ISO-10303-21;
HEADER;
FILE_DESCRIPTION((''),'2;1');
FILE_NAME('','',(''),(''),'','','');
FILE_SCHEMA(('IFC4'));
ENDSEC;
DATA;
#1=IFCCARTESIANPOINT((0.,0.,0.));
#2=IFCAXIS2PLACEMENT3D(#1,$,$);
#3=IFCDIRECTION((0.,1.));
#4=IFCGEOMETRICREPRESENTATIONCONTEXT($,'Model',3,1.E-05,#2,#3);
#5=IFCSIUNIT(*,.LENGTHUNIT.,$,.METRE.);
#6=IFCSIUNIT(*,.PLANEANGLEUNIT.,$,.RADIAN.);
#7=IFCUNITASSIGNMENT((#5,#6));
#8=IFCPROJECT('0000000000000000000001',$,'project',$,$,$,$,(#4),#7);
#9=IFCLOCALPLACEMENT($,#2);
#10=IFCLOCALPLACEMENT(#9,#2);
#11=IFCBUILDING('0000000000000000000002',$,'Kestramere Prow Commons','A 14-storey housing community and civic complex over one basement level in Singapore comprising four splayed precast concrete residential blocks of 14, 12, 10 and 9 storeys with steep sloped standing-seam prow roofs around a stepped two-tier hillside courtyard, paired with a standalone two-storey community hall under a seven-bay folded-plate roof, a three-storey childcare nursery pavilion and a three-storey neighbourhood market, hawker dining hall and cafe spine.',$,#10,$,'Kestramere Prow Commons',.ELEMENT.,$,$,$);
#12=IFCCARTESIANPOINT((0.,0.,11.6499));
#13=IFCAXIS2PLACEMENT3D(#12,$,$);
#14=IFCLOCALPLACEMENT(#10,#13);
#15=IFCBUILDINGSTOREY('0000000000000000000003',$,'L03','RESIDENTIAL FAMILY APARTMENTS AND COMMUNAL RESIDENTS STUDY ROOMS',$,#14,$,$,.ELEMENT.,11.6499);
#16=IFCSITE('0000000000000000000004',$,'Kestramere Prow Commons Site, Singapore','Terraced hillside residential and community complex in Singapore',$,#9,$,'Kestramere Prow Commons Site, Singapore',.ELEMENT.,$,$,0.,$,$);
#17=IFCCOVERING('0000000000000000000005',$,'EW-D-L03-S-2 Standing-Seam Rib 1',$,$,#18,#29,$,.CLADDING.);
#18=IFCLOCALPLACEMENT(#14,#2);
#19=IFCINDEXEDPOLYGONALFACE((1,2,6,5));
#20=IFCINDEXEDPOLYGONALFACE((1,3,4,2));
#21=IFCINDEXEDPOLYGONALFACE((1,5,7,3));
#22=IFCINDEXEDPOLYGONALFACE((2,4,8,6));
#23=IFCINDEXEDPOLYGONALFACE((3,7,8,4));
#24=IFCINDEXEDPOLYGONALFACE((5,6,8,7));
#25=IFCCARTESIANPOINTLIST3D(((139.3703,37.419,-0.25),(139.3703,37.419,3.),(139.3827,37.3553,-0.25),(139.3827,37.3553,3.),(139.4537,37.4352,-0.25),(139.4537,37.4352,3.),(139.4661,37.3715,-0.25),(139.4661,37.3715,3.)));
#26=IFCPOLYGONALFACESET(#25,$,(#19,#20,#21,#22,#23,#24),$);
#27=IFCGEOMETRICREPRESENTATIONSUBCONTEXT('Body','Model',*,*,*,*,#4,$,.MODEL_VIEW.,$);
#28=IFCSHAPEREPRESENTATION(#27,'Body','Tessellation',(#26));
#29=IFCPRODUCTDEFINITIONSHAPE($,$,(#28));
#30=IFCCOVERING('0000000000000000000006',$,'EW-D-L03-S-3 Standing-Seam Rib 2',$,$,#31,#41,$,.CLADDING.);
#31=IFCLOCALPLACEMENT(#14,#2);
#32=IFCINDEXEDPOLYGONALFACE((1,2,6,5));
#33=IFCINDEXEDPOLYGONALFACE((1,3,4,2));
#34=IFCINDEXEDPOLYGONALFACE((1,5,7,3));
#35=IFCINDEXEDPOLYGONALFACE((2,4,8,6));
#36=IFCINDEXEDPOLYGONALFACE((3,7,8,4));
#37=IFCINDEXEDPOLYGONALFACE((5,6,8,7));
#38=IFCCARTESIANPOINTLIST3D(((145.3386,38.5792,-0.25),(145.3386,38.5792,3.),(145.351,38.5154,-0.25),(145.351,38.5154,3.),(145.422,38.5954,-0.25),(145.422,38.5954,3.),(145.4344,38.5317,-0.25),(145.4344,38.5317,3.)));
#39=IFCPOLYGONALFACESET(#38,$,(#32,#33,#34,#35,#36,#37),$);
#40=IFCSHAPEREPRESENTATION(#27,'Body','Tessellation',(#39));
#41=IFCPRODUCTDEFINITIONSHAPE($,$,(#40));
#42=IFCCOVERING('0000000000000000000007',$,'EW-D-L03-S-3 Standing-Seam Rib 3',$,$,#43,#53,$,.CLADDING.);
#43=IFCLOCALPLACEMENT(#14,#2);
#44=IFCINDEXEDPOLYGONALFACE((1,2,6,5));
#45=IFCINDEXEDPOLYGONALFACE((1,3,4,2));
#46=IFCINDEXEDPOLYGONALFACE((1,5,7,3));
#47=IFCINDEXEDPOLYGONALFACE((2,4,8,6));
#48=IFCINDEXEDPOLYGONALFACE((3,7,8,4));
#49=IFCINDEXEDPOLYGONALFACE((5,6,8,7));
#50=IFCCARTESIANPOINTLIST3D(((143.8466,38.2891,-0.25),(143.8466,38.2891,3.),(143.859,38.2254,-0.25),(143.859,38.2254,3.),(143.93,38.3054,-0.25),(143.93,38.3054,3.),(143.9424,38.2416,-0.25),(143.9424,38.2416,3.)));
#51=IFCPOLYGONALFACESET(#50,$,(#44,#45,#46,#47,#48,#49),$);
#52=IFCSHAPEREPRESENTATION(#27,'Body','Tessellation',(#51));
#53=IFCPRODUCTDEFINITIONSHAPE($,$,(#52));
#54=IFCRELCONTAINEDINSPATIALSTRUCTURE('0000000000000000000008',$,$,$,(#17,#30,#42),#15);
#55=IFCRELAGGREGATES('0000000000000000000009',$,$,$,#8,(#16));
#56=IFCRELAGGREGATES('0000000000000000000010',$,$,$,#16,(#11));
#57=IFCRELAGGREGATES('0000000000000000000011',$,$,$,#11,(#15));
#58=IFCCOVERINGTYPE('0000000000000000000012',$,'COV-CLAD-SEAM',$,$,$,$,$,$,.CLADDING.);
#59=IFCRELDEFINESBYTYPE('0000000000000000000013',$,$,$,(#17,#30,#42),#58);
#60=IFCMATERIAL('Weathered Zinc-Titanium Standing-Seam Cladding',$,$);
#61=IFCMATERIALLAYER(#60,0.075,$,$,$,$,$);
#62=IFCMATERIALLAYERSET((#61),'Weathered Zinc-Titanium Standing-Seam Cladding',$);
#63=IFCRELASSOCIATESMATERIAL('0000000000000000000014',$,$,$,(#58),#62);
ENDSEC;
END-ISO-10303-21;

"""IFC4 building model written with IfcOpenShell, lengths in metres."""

from ifc_helpers import new_model, si_unit, direction, frame, origin, origin_2d, place, context, subcontext, project, spatial, rectangle, extrude, material, layer, layer_set, type_object, element, save


model = new_model("IFC4")

# Units and contexts
model_context = context("Model", 3, precision=1e-05, world=origin(), true_north=direction((0.0, 1.0)))
body_context = subcontext(model_context, "Body", "Model", "MODEL_VIEW")
ifc_project = project(units=[si_unit("LENGTHUNIT", "METRE"), si_unit("PLANEANGLEUNIT", "RADIAN")], contexts=[model_context])

# Site, building, storey
site_placement = place(None, origin())
site = spatial("IfcSite", under=ifc_project, at=site_placement, Name="Kestramere Prow Commons Site, Singapore", Description="Terraced hillside residential and community complex in Singapore", LongName="Kestramere Prow Commons Site, Singapore", CompositionType="ELEMENT", RefElevation=0.0)
building_placement = place(site_placement, origin())
building = spatial("IfcBuilding", under=site, at=building_placement, Name="Kestramere Prow Commons", Description="A 14-storey housing community and civic complex over one basement level in Singapore comprising four splayed precast concrete residential blocks of 14, 12, 10 and 9 storeys with steep sloped standing-seam prow roofs around a stepped two-tier hillside courtyard, paired with a standalone two-storey community hall under a seven-bay folded-plate roof, a three-storey childcare nursery pavilion and a three-storey neighbourhood market, hawker dining hall and cafe spine.", LongName="Kestramere Prow Commons", CompositionType="ELEMENT")
storey_placement = place(building_placement, frame((0.0, 0.0, 11.6499)))
storey = spatial("IfcBuildingStorey", under=building, at=storey_placement, Name="L03", Description="RESIDENTIAL FAMILY APARTMENTS AND COMMUNAL RESIDENTS STUDY ROOMS", CompositionType="ELEMENT", Elevation=11.6499)

# Coverings
ifc_material_1 = material(Name="Weathered Zinc-Titanium Standing-Seam Cladding")
ifc_layer_1 = layer(ifc_material_1, 0.075)
ifc_layer_set_1 = layer_set([ifc_layer_1], Name="Weathered Zinc-Titanium Standing-Seam Cladding")
covering_type = type_object("IfcCoveringType", Name="COV-CLAD-SEAM", PredefinedType="CLADDING", material=ifc_layer_set_1)
for number, where, z_axis, x_axis, name in (
    (1, (139.4182, 37.3953, -0.25), (0.0, 0.0, 1.0), (-0.981627, -0.190809, 0.0), "EW-D-L03-S-2 Standing-Seam Rib 1"),
    (2, (145.3865, 38.5554, -0.25), (0.0, 0.0, 1.0), (-0.981627, -0.190809, 0.0), "EW-D-L03-S-3 Standing-Seam Rib 2"),
    (3, (143.8945, 38.2654, -0.25), (0.0, 0.0, 1.0), (-0.981627, -0.190809, 0.0), "EW-D-L03-S-3 Standing-Seam Rib 3"),
):
    element("IfcCovering", number, at=place(storey_placement, frame(where, z_axis=z_axis, x_axis=x_axis)), inside=storey, type_object=covering_type, Name=name, PredefinedType="CLADDING", context=body_context, shape_type="SweptSolid", body=[
        extrude(rectangle(XDim=0.085, YDim=0.0649, at=origin_2d()), origin(), (0.0, 0.0, 1.0), 3.25),
    ])

save(model, "model.ifc")
